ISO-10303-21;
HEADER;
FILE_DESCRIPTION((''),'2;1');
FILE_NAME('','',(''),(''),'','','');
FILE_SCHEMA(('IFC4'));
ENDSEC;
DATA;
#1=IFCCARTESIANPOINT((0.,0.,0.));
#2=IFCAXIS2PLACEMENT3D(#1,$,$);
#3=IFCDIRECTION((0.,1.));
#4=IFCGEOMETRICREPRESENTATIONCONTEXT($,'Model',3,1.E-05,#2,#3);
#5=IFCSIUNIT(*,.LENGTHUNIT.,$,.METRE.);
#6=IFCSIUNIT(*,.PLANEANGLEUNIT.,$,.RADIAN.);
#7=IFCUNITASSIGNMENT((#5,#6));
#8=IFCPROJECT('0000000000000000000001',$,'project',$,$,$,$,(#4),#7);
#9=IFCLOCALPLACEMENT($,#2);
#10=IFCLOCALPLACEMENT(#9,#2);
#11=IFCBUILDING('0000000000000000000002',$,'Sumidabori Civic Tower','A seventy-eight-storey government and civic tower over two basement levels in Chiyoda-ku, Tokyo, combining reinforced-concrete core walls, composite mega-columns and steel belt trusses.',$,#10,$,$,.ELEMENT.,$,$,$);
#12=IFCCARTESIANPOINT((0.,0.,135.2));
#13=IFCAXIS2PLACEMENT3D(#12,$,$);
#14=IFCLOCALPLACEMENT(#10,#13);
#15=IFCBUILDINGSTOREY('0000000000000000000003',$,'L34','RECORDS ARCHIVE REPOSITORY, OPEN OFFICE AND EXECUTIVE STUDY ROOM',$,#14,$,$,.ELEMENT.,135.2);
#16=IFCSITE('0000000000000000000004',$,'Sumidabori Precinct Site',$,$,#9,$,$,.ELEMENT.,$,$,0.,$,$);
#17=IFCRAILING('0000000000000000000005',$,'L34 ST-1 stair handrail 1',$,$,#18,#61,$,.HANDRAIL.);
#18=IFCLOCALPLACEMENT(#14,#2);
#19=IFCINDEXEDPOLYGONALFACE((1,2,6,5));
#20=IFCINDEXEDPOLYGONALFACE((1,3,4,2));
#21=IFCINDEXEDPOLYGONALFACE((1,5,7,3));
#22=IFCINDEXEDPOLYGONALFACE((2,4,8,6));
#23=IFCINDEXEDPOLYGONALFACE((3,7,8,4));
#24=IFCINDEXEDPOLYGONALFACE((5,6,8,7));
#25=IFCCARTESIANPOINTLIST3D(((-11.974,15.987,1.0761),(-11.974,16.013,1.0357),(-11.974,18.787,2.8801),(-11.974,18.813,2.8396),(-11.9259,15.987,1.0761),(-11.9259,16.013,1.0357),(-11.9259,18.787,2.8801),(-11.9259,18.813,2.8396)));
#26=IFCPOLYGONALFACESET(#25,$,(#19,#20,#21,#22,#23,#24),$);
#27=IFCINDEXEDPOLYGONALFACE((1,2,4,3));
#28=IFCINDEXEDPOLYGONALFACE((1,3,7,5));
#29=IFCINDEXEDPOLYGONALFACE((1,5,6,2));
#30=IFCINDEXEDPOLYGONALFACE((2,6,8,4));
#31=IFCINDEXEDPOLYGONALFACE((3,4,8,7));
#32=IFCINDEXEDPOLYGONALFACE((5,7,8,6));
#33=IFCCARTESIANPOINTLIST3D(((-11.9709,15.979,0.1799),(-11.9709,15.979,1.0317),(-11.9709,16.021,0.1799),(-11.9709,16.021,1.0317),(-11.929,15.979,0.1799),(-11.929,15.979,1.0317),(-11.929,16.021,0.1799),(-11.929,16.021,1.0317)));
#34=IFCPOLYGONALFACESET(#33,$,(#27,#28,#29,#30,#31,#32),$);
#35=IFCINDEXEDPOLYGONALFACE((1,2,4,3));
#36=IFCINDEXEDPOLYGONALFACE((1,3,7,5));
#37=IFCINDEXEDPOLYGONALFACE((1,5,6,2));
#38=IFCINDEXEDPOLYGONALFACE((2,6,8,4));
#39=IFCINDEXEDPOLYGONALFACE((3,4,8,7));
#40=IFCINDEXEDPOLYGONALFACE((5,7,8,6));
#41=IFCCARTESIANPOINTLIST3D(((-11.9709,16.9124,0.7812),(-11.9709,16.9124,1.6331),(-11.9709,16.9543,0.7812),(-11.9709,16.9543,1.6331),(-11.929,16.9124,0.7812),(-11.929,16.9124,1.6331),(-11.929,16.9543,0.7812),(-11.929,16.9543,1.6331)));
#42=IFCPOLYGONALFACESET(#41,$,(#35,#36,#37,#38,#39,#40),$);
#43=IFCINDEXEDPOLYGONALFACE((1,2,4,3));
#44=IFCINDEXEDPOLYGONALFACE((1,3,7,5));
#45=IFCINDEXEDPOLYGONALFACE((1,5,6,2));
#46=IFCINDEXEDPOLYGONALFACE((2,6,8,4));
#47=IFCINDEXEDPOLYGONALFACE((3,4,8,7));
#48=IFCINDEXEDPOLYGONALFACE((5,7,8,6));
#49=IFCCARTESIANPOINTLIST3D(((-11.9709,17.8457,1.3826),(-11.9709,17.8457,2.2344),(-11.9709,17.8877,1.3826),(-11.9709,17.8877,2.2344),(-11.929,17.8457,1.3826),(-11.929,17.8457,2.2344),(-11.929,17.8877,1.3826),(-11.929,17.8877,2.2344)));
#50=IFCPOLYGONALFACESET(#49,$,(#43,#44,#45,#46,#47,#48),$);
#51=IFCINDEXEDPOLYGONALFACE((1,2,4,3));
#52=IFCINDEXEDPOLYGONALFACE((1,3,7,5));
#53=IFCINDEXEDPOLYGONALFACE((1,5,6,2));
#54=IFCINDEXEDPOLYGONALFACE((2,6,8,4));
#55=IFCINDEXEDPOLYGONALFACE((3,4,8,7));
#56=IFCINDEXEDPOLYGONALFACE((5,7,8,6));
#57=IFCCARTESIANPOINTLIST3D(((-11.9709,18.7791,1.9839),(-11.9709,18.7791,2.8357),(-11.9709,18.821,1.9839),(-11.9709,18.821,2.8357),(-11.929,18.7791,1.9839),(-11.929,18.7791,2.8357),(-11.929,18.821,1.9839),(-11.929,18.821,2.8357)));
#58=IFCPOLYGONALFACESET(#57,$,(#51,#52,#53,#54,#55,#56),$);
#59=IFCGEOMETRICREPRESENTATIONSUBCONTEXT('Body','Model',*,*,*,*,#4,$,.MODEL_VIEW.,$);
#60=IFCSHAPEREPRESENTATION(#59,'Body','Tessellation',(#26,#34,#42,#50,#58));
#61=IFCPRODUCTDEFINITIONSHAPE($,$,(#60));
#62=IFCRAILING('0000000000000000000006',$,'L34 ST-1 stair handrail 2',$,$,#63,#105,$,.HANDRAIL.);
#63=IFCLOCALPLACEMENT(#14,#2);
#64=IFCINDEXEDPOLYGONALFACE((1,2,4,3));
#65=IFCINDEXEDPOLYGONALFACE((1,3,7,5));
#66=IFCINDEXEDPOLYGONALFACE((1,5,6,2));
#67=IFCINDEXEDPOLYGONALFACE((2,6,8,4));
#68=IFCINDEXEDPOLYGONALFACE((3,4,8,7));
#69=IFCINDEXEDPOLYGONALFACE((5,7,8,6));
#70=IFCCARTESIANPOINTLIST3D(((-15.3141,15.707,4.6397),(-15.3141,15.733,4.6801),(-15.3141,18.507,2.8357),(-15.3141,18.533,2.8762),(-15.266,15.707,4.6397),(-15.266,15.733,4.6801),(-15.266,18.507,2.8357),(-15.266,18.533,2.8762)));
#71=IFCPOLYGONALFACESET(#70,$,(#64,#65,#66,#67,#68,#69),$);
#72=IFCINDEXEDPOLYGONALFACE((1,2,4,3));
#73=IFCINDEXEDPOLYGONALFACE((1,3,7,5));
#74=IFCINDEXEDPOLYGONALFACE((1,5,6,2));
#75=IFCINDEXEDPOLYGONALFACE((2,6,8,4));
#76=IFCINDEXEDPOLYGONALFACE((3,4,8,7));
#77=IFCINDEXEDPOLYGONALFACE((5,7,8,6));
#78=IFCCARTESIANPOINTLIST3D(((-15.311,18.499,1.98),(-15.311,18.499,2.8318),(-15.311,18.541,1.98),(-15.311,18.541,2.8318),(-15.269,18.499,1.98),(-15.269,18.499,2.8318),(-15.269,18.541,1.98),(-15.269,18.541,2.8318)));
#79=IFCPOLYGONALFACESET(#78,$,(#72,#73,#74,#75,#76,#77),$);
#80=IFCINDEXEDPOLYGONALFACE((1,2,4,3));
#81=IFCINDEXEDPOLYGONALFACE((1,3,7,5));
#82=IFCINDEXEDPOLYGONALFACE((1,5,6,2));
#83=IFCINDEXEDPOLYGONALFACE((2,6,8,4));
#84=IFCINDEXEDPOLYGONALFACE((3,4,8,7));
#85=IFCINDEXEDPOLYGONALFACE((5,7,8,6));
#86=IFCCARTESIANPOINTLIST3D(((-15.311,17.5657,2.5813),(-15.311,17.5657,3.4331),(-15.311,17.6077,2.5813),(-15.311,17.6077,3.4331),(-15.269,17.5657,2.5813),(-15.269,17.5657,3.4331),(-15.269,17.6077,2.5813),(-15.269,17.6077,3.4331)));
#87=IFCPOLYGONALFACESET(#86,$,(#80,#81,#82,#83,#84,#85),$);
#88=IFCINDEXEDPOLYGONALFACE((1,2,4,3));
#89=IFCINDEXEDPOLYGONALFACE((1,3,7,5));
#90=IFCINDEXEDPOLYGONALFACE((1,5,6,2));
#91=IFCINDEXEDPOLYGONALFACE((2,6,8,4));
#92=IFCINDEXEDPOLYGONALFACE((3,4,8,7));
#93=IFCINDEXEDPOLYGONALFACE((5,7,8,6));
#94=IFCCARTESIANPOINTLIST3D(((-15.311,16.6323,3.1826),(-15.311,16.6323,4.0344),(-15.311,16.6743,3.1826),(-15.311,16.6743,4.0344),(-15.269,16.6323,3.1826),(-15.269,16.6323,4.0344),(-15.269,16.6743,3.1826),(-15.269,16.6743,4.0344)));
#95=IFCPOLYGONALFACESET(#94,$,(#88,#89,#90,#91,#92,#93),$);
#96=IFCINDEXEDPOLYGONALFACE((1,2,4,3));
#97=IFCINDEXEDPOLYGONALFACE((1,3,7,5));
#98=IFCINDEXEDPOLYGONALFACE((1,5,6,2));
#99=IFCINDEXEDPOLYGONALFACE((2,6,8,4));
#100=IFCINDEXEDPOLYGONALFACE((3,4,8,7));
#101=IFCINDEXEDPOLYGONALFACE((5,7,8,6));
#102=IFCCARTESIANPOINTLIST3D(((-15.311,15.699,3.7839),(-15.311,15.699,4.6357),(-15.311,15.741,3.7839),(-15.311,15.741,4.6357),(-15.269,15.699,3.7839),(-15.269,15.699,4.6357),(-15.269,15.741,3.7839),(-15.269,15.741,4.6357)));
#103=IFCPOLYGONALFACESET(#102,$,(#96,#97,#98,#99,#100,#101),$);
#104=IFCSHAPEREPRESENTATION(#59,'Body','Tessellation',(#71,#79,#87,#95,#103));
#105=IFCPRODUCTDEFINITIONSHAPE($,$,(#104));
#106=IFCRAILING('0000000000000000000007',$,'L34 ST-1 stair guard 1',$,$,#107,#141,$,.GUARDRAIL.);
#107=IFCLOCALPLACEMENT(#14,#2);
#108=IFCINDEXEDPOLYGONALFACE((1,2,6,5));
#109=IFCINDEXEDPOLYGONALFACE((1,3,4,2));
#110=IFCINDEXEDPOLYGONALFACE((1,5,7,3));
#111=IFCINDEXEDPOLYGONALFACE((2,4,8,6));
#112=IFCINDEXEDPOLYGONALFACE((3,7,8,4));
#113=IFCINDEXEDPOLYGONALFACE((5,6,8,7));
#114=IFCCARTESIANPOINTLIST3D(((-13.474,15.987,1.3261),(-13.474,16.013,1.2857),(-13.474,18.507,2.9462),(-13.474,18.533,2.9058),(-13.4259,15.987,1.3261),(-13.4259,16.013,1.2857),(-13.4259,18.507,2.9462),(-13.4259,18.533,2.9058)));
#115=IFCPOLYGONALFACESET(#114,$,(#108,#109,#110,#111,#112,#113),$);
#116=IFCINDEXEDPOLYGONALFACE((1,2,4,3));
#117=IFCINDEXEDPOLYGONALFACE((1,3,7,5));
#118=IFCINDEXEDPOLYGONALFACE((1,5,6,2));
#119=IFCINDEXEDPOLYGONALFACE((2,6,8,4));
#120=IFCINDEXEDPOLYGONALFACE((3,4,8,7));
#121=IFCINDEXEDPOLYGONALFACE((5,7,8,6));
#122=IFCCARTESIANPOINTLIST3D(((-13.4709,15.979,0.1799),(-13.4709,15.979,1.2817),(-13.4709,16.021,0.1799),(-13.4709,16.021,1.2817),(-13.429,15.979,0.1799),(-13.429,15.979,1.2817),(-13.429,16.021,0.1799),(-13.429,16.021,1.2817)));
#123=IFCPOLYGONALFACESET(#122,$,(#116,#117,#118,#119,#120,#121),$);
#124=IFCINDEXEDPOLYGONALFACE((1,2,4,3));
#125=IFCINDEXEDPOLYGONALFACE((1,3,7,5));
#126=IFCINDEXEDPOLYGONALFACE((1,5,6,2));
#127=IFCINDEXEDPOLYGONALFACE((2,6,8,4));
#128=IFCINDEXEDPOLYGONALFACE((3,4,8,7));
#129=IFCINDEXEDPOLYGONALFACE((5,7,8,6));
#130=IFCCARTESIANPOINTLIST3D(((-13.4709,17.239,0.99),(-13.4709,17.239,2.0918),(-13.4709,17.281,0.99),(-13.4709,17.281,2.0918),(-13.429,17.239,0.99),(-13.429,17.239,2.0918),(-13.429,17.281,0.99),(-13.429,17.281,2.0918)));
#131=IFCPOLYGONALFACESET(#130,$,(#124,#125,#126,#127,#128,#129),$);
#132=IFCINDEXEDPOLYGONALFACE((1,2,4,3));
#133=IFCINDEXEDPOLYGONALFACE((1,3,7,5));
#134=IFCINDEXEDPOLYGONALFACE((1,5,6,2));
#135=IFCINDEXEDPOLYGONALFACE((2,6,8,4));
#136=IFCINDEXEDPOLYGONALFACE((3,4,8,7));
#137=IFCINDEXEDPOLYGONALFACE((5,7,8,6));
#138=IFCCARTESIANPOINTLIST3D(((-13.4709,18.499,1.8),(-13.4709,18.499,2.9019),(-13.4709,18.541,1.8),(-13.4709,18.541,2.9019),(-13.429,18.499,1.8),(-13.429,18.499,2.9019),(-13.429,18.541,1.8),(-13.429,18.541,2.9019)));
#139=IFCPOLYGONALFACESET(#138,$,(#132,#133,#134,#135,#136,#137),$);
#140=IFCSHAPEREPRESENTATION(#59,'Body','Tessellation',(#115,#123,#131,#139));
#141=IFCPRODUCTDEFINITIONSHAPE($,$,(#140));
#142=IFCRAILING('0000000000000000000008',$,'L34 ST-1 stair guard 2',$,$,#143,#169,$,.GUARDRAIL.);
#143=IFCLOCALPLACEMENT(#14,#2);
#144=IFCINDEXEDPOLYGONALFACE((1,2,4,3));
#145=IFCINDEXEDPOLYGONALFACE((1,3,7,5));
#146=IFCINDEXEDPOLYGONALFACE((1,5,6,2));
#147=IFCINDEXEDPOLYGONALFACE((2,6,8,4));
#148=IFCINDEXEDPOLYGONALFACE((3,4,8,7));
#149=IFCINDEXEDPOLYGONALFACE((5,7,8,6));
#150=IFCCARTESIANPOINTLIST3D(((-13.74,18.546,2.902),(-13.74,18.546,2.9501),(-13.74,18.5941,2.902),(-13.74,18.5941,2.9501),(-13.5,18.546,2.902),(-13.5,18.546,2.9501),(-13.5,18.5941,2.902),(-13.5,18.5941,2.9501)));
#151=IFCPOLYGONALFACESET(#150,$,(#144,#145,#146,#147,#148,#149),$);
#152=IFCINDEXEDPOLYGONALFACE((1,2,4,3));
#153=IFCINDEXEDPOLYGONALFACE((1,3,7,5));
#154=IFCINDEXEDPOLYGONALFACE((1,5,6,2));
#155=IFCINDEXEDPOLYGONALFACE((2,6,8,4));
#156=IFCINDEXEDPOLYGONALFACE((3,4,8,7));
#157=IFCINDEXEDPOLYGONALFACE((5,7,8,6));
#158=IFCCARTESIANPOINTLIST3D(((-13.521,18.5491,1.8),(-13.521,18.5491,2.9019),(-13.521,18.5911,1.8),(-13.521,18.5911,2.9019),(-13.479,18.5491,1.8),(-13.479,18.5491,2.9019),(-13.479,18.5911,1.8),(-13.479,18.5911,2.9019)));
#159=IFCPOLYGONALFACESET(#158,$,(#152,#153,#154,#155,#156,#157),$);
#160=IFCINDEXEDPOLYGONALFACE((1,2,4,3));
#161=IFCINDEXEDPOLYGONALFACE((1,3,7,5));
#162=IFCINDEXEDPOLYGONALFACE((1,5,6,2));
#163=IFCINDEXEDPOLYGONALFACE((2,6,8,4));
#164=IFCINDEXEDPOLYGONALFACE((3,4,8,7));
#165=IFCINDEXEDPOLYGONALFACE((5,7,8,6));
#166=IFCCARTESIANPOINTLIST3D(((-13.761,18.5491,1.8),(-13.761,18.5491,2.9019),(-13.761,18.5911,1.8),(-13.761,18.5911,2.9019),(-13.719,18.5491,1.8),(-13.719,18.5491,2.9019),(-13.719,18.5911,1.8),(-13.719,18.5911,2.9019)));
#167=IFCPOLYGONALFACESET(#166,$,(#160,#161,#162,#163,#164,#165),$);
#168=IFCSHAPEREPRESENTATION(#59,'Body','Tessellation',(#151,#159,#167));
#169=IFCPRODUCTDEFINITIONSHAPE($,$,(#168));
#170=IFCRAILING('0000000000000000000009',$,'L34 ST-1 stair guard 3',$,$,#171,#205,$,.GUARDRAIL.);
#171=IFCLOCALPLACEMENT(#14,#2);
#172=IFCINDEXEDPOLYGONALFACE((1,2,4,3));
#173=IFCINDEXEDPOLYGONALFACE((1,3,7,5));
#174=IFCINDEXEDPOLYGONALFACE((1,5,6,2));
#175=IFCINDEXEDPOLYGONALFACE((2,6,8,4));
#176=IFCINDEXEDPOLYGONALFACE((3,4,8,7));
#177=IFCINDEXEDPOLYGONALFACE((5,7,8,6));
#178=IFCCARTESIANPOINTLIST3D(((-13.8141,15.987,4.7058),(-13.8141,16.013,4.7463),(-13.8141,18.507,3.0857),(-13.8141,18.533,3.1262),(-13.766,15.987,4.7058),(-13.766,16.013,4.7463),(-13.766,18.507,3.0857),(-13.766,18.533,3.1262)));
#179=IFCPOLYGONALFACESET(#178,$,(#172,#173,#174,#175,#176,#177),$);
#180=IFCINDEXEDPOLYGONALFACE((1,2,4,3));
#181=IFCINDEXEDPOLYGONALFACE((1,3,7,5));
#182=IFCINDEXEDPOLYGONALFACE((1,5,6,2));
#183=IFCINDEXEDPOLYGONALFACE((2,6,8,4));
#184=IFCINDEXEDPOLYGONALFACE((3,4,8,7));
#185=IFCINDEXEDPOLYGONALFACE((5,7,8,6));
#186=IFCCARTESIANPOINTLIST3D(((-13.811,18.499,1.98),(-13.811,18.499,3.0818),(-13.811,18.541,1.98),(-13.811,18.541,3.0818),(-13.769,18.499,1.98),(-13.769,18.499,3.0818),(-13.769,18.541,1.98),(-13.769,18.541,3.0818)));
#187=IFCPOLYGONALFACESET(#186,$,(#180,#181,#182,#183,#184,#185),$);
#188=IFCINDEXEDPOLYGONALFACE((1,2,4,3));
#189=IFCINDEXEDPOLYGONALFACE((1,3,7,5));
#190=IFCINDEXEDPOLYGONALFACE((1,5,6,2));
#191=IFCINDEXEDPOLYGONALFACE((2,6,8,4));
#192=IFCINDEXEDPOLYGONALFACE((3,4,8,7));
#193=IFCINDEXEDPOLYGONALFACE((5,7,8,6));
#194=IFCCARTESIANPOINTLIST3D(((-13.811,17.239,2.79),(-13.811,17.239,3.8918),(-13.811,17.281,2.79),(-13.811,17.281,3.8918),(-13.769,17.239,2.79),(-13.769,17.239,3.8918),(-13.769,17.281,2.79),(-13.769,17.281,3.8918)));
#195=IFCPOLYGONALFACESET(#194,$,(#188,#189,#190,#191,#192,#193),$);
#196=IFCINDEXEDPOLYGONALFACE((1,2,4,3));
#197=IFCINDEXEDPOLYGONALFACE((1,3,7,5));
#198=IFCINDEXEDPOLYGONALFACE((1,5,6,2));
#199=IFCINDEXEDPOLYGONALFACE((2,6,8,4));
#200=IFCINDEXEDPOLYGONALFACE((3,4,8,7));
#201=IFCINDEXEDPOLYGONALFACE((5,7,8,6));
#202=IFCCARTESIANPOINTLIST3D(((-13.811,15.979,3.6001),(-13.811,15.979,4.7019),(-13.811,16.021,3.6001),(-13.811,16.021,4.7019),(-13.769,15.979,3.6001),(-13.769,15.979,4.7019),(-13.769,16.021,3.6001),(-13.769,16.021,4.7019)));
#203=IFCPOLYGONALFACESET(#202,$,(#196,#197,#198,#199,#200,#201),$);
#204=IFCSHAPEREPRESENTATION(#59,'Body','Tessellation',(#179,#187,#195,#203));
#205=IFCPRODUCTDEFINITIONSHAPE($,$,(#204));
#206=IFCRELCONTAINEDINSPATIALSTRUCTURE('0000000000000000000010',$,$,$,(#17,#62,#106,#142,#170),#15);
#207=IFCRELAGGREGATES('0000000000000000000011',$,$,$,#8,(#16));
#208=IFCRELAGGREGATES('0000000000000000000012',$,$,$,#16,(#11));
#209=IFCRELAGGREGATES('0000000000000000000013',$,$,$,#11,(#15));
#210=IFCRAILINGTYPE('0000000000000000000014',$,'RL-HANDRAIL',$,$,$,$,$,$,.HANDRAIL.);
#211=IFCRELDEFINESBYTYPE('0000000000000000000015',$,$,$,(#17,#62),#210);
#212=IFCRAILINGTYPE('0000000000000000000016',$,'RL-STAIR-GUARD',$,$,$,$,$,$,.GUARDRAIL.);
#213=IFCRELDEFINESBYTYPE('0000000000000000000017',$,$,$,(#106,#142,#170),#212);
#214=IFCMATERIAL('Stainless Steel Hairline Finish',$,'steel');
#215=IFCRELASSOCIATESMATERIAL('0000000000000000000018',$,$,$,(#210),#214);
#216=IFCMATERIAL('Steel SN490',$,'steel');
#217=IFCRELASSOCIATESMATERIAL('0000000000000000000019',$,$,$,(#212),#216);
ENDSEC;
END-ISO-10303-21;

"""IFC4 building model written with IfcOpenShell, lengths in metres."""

from ifc_helpers import new_model, si_unit, direction, frame, origin, origin_2d, place, context, subcontext, project, spatial, rectangle, extrude, material, type_object, element, save


model = new_model("IFC4")

# Units and contexts
model_context = context("Model", 3, precision=1e-05, world=origin(), true_north=direction((0.0, 1.0)))
body_context = subcontext(model_context, "Body", "Model", "MODEL_VIEW")
ifc_project = project(units=[si_unit("LENGTHUNIT", "METRE"), si_unit("PLANEANGLEUNIT", "RADIAN")], contexts=[model_context])

# Site, building, storey
site_placement = place(None, origin())
site = spatial("IfcSite", under=ifc_project, at=site_placement, Name="Sumidabori Precinct Site", CompositionType="ELEMENT", RefElevation=0.0)
building_placement = place(site_placement, origin())
building = spatial("IfcBuilding", under=site, at=building_placement, Name="Sumidabori Civic Tower", Description="A seventy-eight-storey government and civic tower over two basement levels in Chiyoda-ku, Tokyo, combining reinforced-concrete core walls, composite mega-columns and steel belt trusses.", CompositionType="ELEMENT")
storey_placement = place(building_placement, frame((0.0, 0.0, 135.2)))
storey = spatial("IfcBuildingStorey", under=building, at=storey_placement, Name="L34", Description="RECORDS ARCHIVE REPOSITORY, OPEN OFFICE AND EXECUTIVE STUDY ROOM", CompositionType="ELEMENT", Elevation=135.2)

# Shared definitions
ifc_material_1 = material(Name="Steel SN490", Category="steel")

# Shared definitions
ifc_material_2 = material(Name="Stainless Steel Hairline Finish", Category="steel")

# Railings
railing_type_1 = type_object("IfcRailingType", Name="RL-HANDRAIL", PredefinedType="HANDRAIL", material=ifc_material_2)
railing_1_placement = place(storey_placement, frame((-11.95, 16.0, 0.1799)))
element("IfcRailing", 1, at=railing_1_placement, inside=storey, type_object=railing_type_1, Name="L34 ST-1 stair handrail 1", PredefinedType="HANDRAIL", context=body_context, shape_type="SweptSolid", body=[
    extrude(rectangle(XDim=0.0481, YDim=0.0481, at=origin_2d()), frame((0.0, 0.0, 0.876), z_axis=(0.0, 0.840642, 0.541591), x_axis=(-1.0, 0.0, 0.0)), (0.0, 0.0, 1.0), 3.3308),
    extrude(rectangle(XDim=0.042, YDim=0.042, at=origin_2d()), origin(), (0.0, 0.0, 1.0), 0.8518),
    extrude(rectangle(XDim=0.042, YDim=0.042, at=origin_2d()), frame((0.0, 0.9333, 0.6013)), (0.0, 0.0, 1.0), 0.8518),
    extrude(rectangle(XDim=0.042, YDim=0.042, at=origin_2d()), frame((0.0, 1.8667, 1.2026)), (0.0, 0.0, 1.0), 0.8518),
    extrude(rectangle(XDim=0.042, YDim=0.042, at=origin_2d()), frame((0.0, 2.8, 1.804)), (0.0, 0.0, 1.0), 0.8518),
])
railing_2_placement = place(storey_placement, frame((-15.29, 18.52, 1.98)))
element("IfcRailing", 2, at=railing_2_placement, inside=storey, type_object=railing_type_1, Name="L34 ST-1 stair handrail 2", PredefinedType="HANDRAIL", context=body_context, shape_type="SweptSolid", body=[
    extrude(rectangle(XDim=0.0481, YDim=0.0481, at=origin_2d()), frame((0.0, 0.0, 0.876), z_axis=(0.0, -0.840642, 0.541591), x_axis=(1.0, 0.0, 0.0)), (0.0, 0.0, 1.0), 3.3308),
    extrude(rectangle(XDim=0.042, YDim=0.042, at=origin_2d()), origin(), (0.0, 0.0, 1.0), 0.8518),
    extrude(rectangle(XDim=0.042, YDim=0.042, at=origin_2d()), frame((0.0, -0.9333, 0.6013)), (0.0, 0.0, 1.0), 0.8518),
    extrude(rectangle(XDim=0.042, YDim=0.042, at=origin_2d()), frame((0.0, -1.8667, 1.2026)), (0.0, 0.0, 1.0), 0.8518),
    extrude(rectangle(XDim=0.042, YDim=0.042, at=origin_2d()), frame((0.0, -2.8, 1.804)), (0.0, 0.0, 1.0), 0.8518),
])
railing_type_2 = type_object("IfcRailingType", Name="RL-STAIR-GUARD", PredefinedType="GUARDRAIL", material=ifc_material_1)
railing_3_placement = place(storey_placement, frame((-13.45, 16.0, 0.1799)))
element("IfcRailing", 3, at=railing_3_placement, inside=storey, type_object=railing_type_2, Name="L34 ST-1 stair guard 1", PredefinedType="GUARDRAIL", context=body_context, shape_type="SweptSolid", body=[
    extrude(rectangle(XDim=0.0481, YDim=0.0481, at=origin_2d()), frame((0.0, 0.0, 1.126), z_axis=(0.0, 0.841163, 0.540782), x_axis=(-1.0, 0.0, 0.0)), (0.0, 0.0, 1.0), 2.9958),
    extrude(rectangle(XDim=0.042, YDim=0.042, at=origin_2d()), origin(), (0.0, 0.0, 1.0), 1.1018),
    extrude(rectangle(XDim=0.042, YDim=0.042, at=origin_2d()), frame((0.0, 1.26, 0.8101)), (0.0, 0.0, 1.0), 1.1018),
    extrude(rectangle(XDim=0.042, YDim=0.042, at=origin_2d()), frame((0.0, 2.52, 1.6201)), (0.0, 0.0, 1.0), 1.1018),
])
railing_4_placement = place(storey_placement, frame((-13.5, 18.5701, 1.8)))
element("IfcRailing", 4, at=railing_4_placement, inside=storey, type_object=railing_type_2, Name="L34 ST-1 stair guard 2", PredefinedType="GUARDRAIL", context=body_context, shape_type="SweptSolid", body=[
    extrude(rectangle(XDim=0.0481, YDim=0.0481, at=origin_2d()), frame((0.0, 0.0, 1.126), z_axis=(-1.0, 0.0, 0.0), x_axis=(0.0, -1.0, 0.0)), (0.0, 0.0, 1.0), 0.24),
    extrude(rectangle(XDim=0.042, YDim=0.042, at=origin_2d()), origin(), (0.0, 0.0, 1.0), 1.1018),
    extrude(rectangle(XDim=0.042, YDim=0.042, at=origin_2d()), frame((-0.24, 0.0, 0.0)), (0.0, 0.0, 1.0), 1.1018),
])
railing_5_placement = place(storey_placement, frame((-13.79, 18.52, 1.98)))
element("IfcRailing", 5, at=railing_5_placement, inside=storey, type_object=railing_type_2, Name="L34 ST-1 stair guard 3", PredefinedType="GUARDRAIL", context=body_context, shape_type="SweptSolid", body=[
    extrude(rectangle(XDim=0.0481, YDim=0.0481, at=origin_2d()), frame((0.0, 0.0, 1.126), z_axis=(0.0, -0.841163, 0.540782), x_axis=(1.0, 0.0, 0.0)), (0.0, 0.0, 1.0), 2.9958),
    extrude(rectangle(XDim=0.042, YDim=0.042, at=origin_2d()), origin(), (0.0, 0.0, 1.0), 1.1018),
    extrude(rectangle(XDim=0.042, YDim=0.042, at=origin_2d()), frame((0.0, -1.26, 0.8101)), (0.0, 0.0, 1.0), 1.1018),
    extrude(rectangle(XDim=0.042, YDim=0.042, at=origin_2d()), frame((0.0, -2.52, 1.6201)), (0.0, 0.0, 1.0), 1.1018),
])

save(model, "model.ifc")
